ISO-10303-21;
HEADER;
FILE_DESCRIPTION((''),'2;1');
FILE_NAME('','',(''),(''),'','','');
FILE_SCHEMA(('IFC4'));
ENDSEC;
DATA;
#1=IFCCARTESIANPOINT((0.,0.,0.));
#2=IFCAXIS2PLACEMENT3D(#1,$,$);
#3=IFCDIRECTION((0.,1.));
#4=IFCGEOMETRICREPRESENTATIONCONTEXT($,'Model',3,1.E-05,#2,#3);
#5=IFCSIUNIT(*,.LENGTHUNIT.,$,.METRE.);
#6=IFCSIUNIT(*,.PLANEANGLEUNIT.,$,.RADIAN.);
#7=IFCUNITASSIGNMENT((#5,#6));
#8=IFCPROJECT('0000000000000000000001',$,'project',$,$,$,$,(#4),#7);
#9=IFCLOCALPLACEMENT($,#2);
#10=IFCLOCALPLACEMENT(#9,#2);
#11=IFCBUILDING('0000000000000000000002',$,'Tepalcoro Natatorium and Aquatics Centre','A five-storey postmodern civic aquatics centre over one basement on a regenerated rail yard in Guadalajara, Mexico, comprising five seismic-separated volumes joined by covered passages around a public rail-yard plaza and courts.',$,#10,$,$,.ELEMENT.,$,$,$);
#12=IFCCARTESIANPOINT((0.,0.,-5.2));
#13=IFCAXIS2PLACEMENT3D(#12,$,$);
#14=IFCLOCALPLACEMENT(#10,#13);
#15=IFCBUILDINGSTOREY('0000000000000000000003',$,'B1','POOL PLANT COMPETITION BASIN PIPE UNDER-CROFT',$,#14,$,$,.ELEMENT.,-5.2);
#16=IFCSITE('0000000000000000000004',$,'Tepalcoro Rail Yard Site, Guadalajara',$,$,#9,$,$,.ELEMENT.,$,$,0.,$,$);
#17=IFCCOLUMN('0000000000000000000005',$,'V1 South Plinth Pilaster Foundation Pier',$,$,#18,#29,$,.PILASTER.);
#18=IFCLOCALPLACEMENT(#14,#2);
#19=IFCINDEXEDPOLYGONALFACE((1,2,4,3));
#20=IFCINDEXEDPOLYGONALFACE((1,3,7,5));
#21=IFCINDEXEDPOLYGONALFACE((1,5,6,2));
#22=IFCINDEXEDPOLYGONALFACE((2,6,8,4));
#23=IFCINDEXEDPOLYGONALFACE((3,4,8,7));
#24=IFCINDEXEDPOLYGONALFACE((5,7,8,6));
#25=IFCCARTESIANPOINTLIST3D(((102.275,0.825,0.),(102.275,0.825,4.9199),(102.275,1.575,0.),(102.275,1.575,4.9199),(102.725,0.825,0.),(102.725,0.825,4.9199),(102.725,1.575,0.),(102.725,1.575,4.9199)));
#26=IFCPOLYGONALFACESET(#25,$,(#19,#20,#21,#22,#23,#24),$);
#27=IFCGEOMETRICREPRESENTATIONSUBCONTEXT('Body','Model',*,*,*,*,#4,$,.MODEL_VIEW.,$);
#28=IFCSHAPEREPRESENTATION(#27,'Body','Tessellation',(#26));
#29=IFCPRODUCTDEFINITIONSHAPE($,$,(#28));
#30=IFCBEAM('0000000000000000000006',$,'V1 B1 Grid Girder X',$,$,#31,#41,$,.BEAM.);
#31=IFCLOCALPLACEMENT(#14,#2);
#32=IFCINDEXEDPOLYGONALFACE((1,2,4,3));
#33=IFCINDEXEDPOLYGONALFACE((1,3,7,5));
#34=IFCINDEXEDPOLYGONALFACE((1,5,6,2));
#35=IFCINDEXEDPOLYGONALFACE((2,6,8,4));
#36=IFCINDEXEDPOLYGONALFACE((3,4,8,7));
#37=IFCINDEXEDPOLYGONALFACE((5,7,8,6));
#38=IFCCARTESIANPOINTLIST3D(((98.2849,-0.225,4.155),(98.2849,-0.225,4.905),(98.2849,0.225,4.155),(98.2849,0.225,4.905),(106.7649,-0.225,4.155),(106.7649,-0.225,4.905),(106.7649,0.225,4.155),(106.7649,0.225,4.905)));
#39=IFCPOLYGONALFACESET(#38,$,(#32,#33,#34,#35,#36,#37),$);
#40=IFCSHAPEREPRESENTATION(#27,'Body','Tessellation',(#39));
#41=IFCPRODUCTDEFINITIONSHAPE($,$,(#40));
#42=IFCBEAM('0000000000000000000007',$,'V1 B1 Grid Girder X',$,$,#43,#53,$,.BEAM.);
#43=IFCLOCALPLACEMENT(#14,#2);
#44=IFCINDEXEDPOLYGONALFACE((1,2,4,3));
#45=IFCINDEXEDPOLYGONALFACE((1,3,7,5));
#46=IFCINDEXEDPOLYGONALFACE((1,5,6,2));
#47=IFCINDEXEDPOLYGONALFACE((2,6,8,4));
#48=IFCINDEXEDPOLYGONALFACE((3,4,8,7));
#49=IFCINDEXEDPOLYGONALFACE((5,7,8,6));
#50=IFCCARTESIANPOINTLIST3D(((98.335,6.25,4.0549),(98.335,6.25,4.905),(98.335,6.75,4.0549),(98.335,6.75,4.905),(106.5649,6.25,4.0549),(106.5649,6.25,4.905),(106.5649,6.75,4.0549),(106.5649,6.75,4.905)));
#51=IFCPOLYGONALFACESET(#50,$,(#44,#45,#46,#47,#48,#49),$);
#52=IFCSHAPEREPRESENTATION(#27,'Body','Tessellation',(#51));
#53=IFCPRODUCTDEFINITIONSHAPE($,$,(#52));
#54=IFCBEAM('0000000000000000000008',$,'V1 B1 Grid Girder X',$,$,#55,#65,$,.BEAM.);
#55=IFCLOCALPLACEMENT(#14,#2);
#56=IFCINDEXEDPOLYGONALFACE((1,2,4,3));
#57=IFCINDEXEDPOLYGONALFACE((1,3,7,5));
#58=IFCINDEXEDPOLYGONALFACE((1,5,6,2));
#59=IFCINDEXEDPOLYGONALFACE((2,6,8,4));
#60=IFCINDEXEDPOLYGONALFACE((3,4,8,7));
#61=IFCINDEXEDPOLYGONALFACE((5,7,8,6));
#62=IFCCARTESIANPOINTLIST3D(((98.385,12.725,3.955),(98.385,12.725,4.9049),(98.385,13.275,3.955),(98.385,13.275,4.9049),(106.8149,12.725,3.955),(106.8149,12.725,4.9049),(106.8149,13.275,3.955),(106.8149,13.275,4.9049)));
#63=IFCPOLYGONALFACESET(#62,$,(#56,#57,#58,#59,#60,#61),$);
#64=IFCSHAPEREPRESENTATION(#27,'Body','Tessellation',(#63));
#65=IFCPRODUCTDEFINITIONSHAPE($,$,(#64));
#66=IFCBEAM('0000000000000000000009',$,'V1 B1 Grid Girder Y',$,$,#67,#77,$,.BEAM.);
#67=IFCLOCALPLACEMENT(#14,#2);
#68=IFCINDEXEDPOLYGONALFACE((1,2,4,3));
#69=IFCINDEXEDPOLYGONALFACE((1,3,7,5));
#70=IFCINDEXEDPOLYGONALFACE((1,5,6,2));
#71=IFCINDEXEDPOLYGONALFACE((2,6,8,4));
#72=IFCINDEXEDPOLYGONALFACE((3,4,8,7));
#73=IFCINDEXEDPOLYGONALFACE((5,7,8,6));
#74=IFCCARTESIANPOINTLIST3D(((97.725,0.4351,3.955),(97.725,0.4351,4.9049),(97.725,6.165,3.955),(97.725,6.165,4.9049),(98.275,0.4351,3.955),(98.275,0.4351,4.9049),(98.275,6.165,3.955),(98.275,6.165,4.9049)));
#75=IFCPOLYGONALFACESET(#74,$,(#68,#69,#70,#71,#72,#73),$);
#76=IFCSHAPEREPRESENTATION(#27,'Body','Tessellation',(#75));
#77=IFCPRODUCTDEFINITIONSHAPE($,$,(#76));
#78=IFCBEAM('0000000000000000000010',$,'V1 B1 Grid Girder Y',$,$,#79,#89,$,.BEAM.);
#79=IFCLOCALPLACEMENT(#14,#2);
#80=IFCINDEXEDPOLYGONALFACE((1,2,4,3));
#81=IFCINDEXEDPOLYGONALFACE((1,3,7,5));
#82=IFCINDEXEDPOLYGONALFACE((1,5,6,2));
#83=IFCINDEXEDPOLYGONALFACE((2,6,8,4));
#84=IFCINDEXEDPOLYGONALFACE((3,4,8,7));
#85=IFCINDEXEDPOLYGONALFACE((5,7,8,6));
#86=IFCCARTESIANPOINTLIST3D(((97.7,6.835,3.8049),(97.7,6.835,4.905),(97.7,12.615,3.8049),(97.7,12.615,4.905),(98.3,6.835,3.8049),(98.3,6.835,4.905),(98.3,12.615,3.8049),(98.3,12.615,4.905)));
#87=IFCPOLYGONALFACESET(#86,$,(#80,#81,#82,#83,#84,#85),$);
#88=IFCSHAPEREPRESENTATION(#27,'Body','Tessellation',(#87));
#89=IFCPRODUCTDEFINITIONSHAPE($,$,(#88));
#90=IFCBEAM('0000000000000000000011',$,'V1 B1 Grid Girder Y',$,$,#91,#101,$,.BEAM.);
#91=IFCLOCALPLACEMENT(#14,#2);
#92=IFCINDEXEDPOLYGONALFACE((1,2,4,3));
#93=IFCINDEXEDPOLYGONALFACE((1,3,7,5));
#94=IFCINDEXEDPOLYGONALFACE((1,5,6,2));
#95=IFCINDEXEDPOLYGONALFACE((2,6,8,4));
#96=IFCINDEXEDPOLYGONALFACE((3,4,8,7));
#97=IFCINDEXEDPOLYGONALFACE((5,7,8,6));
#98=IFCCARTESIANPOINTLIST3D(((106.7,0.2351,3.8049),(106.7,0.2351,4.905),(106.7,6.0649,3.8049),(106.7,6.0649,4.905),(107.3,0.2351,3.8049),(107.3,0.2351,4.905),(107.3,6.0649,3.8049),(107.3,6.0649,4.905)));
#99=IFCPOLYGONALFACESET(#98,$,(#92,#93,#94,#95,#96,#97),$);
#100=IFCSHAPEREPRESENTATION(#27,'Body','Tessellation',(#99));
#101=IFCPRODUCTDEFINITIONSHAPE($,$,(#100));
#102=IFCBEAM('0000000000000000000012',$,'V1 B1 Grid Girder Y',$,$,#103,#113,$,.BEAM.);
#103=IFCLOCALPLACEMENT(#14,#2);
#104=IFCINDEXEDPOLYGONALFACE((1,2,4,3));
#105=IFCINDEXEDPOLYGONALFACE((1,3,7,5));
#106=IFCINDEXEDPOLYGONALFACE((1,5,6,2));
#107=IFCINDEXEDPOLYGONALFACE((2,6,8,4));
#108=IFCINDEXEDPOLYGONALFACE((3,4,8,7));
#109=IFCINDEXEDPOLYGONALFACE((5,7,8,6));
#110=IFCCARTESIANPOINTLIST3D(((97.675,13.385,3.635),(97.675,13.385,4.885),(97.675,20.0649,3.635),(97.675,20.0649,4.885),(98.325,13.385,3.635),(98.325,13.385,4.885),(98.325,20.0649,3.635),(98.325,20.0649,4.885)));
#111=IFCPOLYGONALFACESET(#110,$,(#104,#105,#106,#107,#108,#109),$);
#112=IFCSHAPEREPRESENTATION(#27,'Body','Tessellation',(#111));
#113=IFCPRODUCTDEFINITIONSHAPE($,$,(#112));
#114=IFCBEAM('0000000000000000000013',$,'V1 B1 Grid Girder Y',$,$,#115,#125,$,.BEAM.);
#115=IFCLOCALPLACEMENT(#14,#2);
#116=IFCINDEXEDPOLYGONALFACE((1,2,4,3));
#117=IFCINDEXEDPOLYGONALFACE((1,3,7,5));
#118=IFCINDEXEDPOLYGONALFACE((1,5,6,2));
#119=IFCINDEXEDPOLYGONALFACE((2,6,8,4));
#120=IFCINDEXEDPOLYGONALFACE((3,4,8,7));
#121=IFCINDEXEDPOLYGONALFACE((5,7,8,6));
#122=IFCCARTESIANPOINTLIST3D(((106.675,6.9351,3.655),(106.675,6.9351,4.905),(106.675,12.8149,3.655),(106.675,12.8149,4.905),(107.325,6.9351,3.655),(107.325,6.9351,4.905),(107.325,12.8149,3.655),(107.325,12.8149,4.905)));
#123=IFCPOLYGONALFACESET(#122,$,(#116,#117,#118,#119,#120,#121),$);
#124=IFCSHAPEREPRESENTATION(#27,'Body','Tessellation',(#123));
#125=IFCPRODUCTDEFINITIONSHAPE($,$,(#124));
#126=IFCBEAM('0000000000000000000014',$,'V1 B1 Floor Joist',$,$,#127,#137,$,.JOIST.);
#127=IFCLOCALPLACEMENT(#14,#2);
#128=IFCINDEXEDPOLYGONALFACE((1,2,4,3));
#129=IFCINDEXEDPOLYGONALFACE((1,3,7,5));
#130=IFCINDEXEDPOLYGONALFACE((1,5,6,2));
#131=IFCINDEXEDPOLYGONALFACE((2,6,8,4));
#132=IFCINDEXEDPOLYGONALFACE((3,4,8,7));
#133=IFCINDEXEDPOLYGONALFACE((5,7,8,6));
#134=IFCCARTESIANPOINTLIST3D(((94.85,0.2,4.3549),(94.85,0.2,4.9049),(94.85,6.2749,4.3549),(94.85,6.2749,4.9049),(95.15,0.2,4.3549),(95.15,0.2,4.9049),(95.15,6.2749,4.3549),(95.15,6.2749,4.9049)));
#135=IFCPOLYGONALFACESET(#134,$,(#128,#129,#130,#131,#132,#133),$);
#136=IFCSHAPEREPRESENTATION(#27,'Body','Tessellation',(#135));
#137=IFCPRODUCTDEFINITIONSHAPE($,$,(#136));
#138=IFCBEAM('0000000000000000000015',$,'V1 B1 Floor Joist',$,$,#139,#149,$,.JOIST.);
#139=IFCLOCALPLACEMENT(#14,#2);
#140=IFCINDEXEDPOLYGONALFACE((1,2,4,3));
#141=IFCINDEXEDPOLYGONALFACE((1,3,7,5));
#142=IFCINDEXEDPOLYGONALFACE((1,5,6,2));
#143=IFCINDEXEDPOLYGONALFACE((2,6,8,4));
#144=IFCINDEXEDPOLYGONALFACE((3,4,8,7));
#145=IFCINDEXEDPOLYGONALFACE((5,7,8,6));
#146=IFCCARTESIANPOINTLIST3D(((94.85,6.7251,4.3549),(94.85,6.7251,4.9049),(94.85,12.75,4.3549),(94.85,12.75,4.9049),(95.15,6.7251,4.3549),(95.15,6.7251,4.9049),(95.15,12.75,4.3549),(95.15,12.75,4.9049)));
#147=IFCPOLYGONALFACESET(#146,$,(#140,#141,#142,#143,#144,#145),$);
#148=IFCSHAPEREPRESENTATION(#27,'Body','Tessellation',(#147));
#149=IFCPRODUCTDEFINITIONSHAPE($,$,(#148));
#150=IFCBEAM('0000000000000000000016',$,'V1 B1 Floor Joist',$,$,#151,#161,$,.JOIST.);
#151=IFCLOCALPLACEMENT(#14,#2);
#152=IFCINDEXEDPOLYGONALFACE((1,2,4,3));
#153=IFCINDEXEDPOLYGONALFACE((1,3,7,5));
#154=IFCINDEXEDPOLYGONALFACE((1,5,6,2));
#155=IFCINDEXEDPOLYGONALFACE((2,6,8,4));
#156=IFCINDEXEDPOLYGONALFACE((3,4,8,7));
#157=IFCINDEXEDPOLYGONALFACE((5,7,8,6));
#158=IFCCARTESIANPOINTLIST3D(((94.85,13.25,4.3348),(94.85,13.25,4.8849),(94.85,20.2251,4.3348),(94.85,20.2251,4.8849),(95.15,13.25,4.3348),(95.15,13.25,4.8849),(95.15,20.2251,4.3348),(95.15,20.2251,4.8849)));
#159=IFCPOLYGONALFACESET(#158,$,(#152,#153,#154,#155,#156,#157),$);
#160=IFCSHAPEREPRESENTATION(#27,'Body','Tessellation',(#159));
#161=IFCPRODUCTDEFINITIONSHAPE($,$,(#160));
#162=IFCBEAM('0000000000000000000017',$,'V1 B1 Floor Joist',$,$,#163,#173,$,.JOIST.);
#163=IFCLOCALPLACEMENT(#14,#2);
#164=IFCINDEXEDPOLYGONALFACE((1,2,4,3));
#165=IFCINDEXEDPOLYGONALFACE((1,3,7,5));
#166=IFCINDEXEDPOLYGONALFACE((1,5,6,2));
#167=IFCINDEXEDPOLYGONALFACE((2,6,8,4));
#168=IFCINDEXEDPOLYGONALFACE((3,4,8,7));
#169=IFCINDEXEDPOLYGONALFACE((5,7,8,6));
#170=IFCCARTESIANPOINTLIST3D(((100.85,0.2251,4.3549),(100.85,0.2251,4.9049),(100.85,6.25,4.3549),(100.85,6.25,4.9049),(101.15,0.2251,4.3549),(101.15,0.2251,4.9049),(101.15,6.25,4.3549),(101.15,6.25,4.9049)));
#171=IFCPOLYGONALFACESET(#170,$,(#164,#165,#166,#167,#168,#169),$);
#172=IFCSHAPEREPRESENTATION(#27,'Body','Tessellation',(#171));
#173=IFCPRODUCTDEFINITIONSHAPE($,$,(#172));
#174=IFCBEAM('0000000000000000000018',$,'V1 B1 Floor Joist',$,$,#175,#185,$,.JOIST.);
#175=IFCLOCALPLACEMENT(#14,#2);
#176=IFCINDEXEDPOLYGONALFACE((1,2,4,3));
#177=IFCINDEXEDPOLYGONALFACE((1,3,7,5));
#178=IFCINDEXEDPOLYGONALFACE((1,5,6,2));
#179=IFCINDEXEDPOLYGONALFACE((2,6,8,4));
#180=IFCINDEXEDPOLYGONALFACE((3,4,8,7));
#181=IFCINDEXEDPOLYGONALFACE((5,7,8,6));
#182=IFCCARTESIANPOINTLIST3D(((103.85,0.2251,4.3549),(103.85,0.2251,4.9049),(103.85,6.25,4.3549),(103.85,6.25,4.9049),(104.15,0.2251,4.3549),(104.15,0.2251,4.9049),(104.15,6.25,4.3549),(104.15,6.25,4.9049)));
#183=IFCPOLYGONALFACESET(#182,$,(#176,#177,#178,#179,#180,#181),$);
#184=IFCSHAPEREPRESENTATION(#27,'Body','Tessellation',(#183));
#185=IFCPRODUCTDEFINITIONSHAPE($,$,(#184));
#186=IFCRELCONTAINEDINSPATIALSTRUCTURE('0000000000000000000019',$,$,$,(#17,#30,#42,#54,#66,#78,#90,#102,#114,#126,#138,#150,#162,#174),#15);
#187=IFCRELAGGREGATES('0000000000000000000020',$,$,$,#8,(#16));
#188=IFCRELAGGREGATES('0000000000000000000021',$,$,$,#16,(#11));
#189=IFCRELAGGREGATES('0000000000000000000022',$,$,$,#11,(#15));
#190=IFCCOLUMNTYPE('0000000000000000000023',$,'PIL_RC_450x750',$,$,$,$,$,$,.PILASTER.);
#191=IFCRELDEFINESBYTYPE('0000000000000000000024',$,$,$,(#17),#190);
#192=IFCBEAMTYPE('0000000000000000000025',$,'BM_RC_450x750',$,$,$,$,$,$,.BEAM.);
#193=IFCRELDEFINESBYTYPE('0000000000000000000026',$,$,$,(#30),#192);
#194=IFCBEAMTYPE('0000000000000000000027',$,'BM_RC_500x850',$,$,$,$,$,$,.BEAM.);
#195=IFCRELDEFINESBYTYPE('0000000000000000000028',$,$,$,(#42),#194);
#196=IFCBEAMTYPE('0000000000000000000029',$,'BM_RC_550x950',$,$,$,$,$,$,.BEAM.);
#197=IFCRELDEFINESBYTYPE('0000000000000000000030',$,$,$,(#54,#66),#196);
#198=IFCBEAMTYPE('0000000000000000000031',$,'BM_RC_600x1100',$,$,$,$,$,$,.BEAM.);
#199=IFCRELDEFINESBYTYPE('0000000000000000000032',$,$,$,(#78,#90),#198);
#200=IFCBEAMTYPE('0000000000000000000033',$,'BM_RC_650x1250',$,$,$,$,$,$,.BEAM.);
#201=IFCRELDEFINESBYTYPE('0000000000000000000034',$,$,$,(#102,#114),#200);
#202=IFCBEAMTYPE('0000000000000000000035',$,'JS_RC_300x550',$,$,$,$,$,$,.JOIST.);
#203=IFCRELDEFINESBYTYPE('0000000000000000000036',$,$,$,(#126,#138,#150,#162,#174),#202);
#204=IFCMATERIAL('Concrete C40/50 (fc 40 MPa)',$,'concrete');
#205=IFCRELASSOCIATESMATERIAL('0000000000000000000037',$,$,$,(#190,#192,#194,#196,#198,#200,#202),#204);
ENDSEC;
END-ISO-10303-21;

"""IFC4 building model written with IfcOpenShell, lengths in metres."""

from ifc_helpers import new_model, si_unit, direction, frame, origin, origin_2d, place, context, subcontext, project, spatial, rectangle, extrude, material, material_profile, profile_set, type_object, element, save


model = new_model("IFC4")

# Units and contexts
model_context = context("Model", 3, precision=1e-05, world=origin(), true_north=direction((0.0, 1.0)))
body_context = subcontext(model_context, "Body", "Model", "MODEL_VIEW")
ifc_project = project(units=[si_unit("LENGTHUNIT", "METRE"), si_unit("PLANEANGLEUNIT", "RADIAN")], contexts=[model_context])

# Site, building, storey
site_placement = place(None, origin())
site = spatial("IfcSite", under=ifc_project, at=site_placement, Name="Tepalcoro Rail Yard Site, Guadalajara", CompositionType="ELEMENT", RefElevation=0.0)
building_placement = place(site_placement, origin())
building = spatial("IfcBuilding", under=site, at=building_placement, Name="Tepalcoro Natatorium and Aquatics Centre", Description="A five-storey postmodern civic aquatics centre over one basement on a regenerated rail yard in Guadalajara, Mexico, comprising five seismic-separated volumes joined by covered passages around a public rail-yard plaza and courts.", CompositionType="ELEMENT")
storey_placement = place(building_placement, frame((0.0, 0.0, -5.2)))
storey = spatial("IfcBuildingStorey", under=building, at=storey_placement, Name="B1", Description="POOL PLANT COMPETITION BASIN PIPE UNDER-CROFT", CompositionType="ELEMENT", Elevation=-5.2)

# Shared definitions
ifc_material_1 = material(Name="Concrete C40/50 (fc 40 MPa)", Category="concrete")

# Column
ifc_material_profile_1 = material_profile(ifc_material_1, rectangle(XDim=0.45, YDim=0.75, at=origin_2d()), Name="PIL450x750")
ifc_profile_set_1 = profile_set([ifc_material_profile_1], Name="Concrete C40/50 (fc 40 MPa)")
column_type_1 = type_object("IfcColumnType", Name="PIL_RC_450x750", PredefinedType="PILASTER", material=ifc_profile_set_1)
column_1_placement = place(storey_placement, frame((102.5, 1.2, 0.0), z_axis=(0.0, 0.0, 1.0), x_axis=(1.0, 0.0, 0.0)))
element("IfcColumn", 1, at=column_1_placement, inside=storey, type_object=column_type_1, Name="V1 South Plinth Pilaster Foundation Pier", PredefinedType="PILASTER", context=body_context, shape_type="SweptSolid", body=[
    extrude(rectangle(XDim=0.45, YDim=0.75, at=origin_2d()), origin(), (0.0, 0.0, 1.0), 4.9199),
])

# Beams
ifc_material_profile_2 = material_profile(ifc_material_1, rectangle(XDim=0.45, YDim=0.75, at=origin_2d()), Name="RCB450x750")
ifc_profile_set_2 = profile_set([ifc_material_profile_2], Name="Concrete C40/50 (fc 40 MPa)")
beam_type_1 = type_object("IfcBeamType", Name="BM_RC_450x750", PredefinedType="BEAM", material=ifc_profile_set_2)
beam_1_placement = place(storey_placement, frame((98.2849, 0.0, 4.53), z_axis=(1.0, 0.0, 0.0), x_axis=(0.0, 1.0, 0.0)))
element("IfcBeam", 2, at=beam_1_placement, inside=storey, type_object=beam_type_1, Name="V1 B1 Grid Girder X", PredefinedType="BEAM", context=body_context, shape_type="SweptSolid", body=[
    extrude(rectangle(XDim=0.45, YDim=0.75, at=origin_2d()), origin(), (0.0, 0.0, 1.0), 8.48),
])
ifc_material_profile_3 = material_profile(ifc_material_1, rectangle(XDim=0.5, YDim=0.8501, at=origin_2d()), Name="RCB500x850")
ifc_profile_set_3 = profile_set([ifc_material_profile_3], Name="Concrete C40/50 (fc 40 MPa)")
beam_type_2 = type_object("IfcBeamType", Name="BM_RC_500x850", PredefinedType="BEAM", material=ifc_profile_set_3)
beam_2_placement = place(storey_placement, frame((98.335, 6.5, 4.48), z_axis=(1.0, 0.0, 0.0), x_axis=(0.0, 1.0, 0.0)))
element("IfcBeam", 3, at=beam_2_placement, inside=storey, type_object=beam_type_2, Name="V1 B1 Grid Girder X", PredefinedType="BEAM", context=body_context, shape_type="SweptSolid", body=[
    extrude(rectangle(XDim=0.5, YDim=0.8501, at=origin_2d()), origin(), (0.0, 0.0, 1.0), 8.23),
])
ifc_material_profile_4 = material_profile(ifc_material_1, rectangle(XDim=0.55, YDim=0.95, at=origin_2d()), Name="RCB550x950")
ifc_profile_set_4 = profile_set([ifc_material_profile_4], Name="Concrete C40/50 (fc 40 MPa)")
beam_type_3 = type_object("IfcBeamType", Name="BM_RC_550x950", PredefinedType="BEAM", material=ifc_profile_set_4)
beam_3_placement = place(storey_placement, frame((98.385, 13.0, 4.4299), z_axis=(1.0, 0.0, 0.0), x_axis=(0.0, 1.0, 0.0)))
element("IfcBeam", 4, at=beam_3_placement, inside=storey, type_object=beam_type_3, Name="V1 B1 Grid Girder X", PredefinedType="BEAM", context=body_context, shape_type="SweptSolid", body=[
    extrude(rectangle(XDim=0.55, YDim=0.95, at=origin_2d()), origin(), (0.0, 0.0, 1.0), 8.4299),
])
beam_4_placement = place(storey_placement, frame((98.0, 0.4351, 4.4299), z_axis=(0.0, 1.0, 0.0), x_axis=(-1.0, 0.0, 0.0)))
element("IfcBeam", 5, at=beam_4_placement, inside=storey, type_object=beam_type_3, Name="V1 B1 Grid Girder Y", PredefinedType="BEAM", context=body_context, shape_type="SweptSolid", body=[
    extrude(rectangle(XDim=0.55, YDim=0.95, at=origin_2d()), origin(), (0.0, 0.0, 1.0), 5.73),
])
ifc_material_profile_5 = material_profile(ifc_material_1, rectangle(XDim=0.6001, YDim=1.1001, at=origin_2d()), Name="RCB600x1100")
ifc_profile_set_5 = profile_set([ifc_material_profile_5], Name="Concrete C40/50 (fc 40 MPa)")
beam_type_4 = type_object("IfcBeamType", Name="BM_RC_600x1100", PredefinedType="BEAM", material=ifc_profile_set_5)
beam_5_placement = place(storey_placement, frame((98.0, 6.835, 4.355), z_axis=(0.0, 1.0, 0.0), x_axis=(-1.0, 0.0, 0.0)))
element("IfcBeam", 6, at=beam_5_placement, inside=storey, type_object=beam_type_4, Name="V1 B1 Grid Girder Y", PredefinedType="BEAM", context=body_context, shape_type="SweptSolid", body=[
    extrude(rectangle(XDim=0.6001, YDim=1.1001, at=origin_2d()), origin(), (0.0, 0.0, 1.0), 5.78),
])
beam_6_placement = place(storey_placement, frame((107.0, 0.2351, 4.355), z_axis=(0.0, 1.0, 0.0), x_axis=(-1.0, 0.0, 0.0)))
element("IfcBeam", 7, at=beam_6_placement, inside=storey, type_object=beam_type_4, Name="V1 B1 Grid Girder Y", PredefinedType="BEAM", context=body_context, shape_type="SweptSolid", body=[
    extrude(rectangle(XDim=0.6001, YDim=1.1001, at=origin_2d()), origin(), (0.0, 0.0, 1.0), 5.8298),
])
ifc_material_profile_6 = material_profile(ifc_material_1, rectangle(XDim=0.6499, YDim=1.25, at=origin_2d()), Name="RCB650x1250")
ifc_profile_set_6 = profile_set([ifc_material_profile_6], Name="Concrete C40/50 (fc 40 MPa)")
beam_type_5 = type_object("IfcBeamType", Name="BM_RC_650x1250", PredefinedType="BEAM", material=ifc_profile_set_6)
beam_7_placement = place(storey_placement, frame((98.0, 13.385, 4.26), z_axis=(0.0, 1.0, 0.0), x_axis=(-1.0, 0.0, 0.0)))
element("IfcBeam", 8, at=beam_7_placement, inside=storey, type_object=beam_type_5, Name="V1 B1 Grid Girder Y", PredefinedType="BEAM", context=body_context, shape_type="SweptSolid", body=[
    extrude(rectangle(XDim=0.6499, YDim=1.25, at=origin_2d()), origin(), (0.0, 0.0, 1.0), 6.6799),
])
beam_8_placement = place(storey_placement, frame((107.0, 6.9351, 4.28), z_axis=(0.0, 1.0, 0.0), x_axis=(-1.0, 0.0, 0.0)))
element("IfcBeam", 9, at=beam_8_placement, inside=storey, type_object=beam_type_5, Name="V1 B1 Grid Girder Y", PredefinedType="BEAM", context=body_context, shape_type="SweptSolid", body=[
    extrude(rectangle(XDim=0.6499, YDim=1.25, at=origin_2d()), origin(), (0.0, 0.0, 1.0), 5.8799),
])
ifc_material_profile_7 = material_profile(ifc_material_1, rectangle(XDim=0.3, YDim=0.55, at=origin_2d()), Name="RCJ300x550")
ifc_profile_set_7 = profile_set([ifc_material_profile_7], Name="Concrete C40/50 (fc 40 MPa)")
beam_type_6 = type_object("IfcBeamType", Name="JS_RC_300x550", PredefinedType="JOIST", material=ifc_profile_set_7)
beam_9_placement = place(storey_placement, frame((95.0, 0.2, 4.6299), z_axis=(0.0, 1.0, 0.0), x_axis=(-1.0, 0.0, 0.0)))
element("IfcBeam", 10, at=beam_9_placement, inside=storey, type_object=beam_type_6, Name="V1 B1 Floor Joist", PredefinedType="JOIST", context=body_context, shape_type="SweptSolid", body=[
    extrude(rectangle(XDim=0.3, YDim=0.55, at=origin_2d()), origin(), (0.0, 0.0, 1.0), 6.075),
])
beam_10_placement = place(storey_placement, frame((95.0, 6.7251, 4.6299), z_axis=(0.0, 1.0, 0.0), x_axis=(-1.0, 0.0, 0.0)))
element("IfcBeam", 11, at=beam_10_placement, inside=storey, type_object=beam_type_6, Name="V1 B1 Floor Joist", PredefinedType="JOIST", context=body_context, shape_type="SweptSolid", body=[
    extrude(rectangle(XDim=0.3, YDim=0.55, at=origin_2d()), origin(), (0.0, 0.0, 1.0), 6.0249),
])
beam_11_placement = place(storey_placement, frame((95.0, 13.25, 4.6099), z_axis=(0.0, 1.0, 0.0), x_axis=(-1.0, 0.0, 0.0)))
element("IfcBeam", 12, at=beam_11_placement, inside=storey, type_object=beam_type_6, Name="V1 B1 Floor Joist", PredefinedType="JOIST", context=body_context, shape_type="SweptSolid", body=[
    extrude(rectangle(XDim=0.3, YDim=0.55, at=origin_2d()), origin(), (0.0, 0.0, 1.0), 6.9751),
])
for number, where, z_axis, x_axis, name in (
    (13, (101.0, 0.2251, 4.6299), (0.0, 1.0, 0.0), (-1.0, 0.0, 0.0), "V1 B1 Floor Joist"),
    (14, (104.0, 0.2251, 4.6299), (0.0, 1.0, 0.0), (-1.0, 0.0, 0.0), "V1 B1 Floor Joist"),
):
    element("IfcBeam", number, at=place(storey_placement, frame(where, z_axis=z_axis, x_axis=x_axis)), inside=storey, type_object=beam_type_6, Name=name, PredefinedType="JOIST", context=body_context, shape_type="SweptSolid", body=[
        extrude(rectangle(XDim=0.3, YDim=0.55, at=origin_2d()), origin(), (0.0, 0.0, 1.0), 6.0249),
    ])

save(model, "model.ifc")
